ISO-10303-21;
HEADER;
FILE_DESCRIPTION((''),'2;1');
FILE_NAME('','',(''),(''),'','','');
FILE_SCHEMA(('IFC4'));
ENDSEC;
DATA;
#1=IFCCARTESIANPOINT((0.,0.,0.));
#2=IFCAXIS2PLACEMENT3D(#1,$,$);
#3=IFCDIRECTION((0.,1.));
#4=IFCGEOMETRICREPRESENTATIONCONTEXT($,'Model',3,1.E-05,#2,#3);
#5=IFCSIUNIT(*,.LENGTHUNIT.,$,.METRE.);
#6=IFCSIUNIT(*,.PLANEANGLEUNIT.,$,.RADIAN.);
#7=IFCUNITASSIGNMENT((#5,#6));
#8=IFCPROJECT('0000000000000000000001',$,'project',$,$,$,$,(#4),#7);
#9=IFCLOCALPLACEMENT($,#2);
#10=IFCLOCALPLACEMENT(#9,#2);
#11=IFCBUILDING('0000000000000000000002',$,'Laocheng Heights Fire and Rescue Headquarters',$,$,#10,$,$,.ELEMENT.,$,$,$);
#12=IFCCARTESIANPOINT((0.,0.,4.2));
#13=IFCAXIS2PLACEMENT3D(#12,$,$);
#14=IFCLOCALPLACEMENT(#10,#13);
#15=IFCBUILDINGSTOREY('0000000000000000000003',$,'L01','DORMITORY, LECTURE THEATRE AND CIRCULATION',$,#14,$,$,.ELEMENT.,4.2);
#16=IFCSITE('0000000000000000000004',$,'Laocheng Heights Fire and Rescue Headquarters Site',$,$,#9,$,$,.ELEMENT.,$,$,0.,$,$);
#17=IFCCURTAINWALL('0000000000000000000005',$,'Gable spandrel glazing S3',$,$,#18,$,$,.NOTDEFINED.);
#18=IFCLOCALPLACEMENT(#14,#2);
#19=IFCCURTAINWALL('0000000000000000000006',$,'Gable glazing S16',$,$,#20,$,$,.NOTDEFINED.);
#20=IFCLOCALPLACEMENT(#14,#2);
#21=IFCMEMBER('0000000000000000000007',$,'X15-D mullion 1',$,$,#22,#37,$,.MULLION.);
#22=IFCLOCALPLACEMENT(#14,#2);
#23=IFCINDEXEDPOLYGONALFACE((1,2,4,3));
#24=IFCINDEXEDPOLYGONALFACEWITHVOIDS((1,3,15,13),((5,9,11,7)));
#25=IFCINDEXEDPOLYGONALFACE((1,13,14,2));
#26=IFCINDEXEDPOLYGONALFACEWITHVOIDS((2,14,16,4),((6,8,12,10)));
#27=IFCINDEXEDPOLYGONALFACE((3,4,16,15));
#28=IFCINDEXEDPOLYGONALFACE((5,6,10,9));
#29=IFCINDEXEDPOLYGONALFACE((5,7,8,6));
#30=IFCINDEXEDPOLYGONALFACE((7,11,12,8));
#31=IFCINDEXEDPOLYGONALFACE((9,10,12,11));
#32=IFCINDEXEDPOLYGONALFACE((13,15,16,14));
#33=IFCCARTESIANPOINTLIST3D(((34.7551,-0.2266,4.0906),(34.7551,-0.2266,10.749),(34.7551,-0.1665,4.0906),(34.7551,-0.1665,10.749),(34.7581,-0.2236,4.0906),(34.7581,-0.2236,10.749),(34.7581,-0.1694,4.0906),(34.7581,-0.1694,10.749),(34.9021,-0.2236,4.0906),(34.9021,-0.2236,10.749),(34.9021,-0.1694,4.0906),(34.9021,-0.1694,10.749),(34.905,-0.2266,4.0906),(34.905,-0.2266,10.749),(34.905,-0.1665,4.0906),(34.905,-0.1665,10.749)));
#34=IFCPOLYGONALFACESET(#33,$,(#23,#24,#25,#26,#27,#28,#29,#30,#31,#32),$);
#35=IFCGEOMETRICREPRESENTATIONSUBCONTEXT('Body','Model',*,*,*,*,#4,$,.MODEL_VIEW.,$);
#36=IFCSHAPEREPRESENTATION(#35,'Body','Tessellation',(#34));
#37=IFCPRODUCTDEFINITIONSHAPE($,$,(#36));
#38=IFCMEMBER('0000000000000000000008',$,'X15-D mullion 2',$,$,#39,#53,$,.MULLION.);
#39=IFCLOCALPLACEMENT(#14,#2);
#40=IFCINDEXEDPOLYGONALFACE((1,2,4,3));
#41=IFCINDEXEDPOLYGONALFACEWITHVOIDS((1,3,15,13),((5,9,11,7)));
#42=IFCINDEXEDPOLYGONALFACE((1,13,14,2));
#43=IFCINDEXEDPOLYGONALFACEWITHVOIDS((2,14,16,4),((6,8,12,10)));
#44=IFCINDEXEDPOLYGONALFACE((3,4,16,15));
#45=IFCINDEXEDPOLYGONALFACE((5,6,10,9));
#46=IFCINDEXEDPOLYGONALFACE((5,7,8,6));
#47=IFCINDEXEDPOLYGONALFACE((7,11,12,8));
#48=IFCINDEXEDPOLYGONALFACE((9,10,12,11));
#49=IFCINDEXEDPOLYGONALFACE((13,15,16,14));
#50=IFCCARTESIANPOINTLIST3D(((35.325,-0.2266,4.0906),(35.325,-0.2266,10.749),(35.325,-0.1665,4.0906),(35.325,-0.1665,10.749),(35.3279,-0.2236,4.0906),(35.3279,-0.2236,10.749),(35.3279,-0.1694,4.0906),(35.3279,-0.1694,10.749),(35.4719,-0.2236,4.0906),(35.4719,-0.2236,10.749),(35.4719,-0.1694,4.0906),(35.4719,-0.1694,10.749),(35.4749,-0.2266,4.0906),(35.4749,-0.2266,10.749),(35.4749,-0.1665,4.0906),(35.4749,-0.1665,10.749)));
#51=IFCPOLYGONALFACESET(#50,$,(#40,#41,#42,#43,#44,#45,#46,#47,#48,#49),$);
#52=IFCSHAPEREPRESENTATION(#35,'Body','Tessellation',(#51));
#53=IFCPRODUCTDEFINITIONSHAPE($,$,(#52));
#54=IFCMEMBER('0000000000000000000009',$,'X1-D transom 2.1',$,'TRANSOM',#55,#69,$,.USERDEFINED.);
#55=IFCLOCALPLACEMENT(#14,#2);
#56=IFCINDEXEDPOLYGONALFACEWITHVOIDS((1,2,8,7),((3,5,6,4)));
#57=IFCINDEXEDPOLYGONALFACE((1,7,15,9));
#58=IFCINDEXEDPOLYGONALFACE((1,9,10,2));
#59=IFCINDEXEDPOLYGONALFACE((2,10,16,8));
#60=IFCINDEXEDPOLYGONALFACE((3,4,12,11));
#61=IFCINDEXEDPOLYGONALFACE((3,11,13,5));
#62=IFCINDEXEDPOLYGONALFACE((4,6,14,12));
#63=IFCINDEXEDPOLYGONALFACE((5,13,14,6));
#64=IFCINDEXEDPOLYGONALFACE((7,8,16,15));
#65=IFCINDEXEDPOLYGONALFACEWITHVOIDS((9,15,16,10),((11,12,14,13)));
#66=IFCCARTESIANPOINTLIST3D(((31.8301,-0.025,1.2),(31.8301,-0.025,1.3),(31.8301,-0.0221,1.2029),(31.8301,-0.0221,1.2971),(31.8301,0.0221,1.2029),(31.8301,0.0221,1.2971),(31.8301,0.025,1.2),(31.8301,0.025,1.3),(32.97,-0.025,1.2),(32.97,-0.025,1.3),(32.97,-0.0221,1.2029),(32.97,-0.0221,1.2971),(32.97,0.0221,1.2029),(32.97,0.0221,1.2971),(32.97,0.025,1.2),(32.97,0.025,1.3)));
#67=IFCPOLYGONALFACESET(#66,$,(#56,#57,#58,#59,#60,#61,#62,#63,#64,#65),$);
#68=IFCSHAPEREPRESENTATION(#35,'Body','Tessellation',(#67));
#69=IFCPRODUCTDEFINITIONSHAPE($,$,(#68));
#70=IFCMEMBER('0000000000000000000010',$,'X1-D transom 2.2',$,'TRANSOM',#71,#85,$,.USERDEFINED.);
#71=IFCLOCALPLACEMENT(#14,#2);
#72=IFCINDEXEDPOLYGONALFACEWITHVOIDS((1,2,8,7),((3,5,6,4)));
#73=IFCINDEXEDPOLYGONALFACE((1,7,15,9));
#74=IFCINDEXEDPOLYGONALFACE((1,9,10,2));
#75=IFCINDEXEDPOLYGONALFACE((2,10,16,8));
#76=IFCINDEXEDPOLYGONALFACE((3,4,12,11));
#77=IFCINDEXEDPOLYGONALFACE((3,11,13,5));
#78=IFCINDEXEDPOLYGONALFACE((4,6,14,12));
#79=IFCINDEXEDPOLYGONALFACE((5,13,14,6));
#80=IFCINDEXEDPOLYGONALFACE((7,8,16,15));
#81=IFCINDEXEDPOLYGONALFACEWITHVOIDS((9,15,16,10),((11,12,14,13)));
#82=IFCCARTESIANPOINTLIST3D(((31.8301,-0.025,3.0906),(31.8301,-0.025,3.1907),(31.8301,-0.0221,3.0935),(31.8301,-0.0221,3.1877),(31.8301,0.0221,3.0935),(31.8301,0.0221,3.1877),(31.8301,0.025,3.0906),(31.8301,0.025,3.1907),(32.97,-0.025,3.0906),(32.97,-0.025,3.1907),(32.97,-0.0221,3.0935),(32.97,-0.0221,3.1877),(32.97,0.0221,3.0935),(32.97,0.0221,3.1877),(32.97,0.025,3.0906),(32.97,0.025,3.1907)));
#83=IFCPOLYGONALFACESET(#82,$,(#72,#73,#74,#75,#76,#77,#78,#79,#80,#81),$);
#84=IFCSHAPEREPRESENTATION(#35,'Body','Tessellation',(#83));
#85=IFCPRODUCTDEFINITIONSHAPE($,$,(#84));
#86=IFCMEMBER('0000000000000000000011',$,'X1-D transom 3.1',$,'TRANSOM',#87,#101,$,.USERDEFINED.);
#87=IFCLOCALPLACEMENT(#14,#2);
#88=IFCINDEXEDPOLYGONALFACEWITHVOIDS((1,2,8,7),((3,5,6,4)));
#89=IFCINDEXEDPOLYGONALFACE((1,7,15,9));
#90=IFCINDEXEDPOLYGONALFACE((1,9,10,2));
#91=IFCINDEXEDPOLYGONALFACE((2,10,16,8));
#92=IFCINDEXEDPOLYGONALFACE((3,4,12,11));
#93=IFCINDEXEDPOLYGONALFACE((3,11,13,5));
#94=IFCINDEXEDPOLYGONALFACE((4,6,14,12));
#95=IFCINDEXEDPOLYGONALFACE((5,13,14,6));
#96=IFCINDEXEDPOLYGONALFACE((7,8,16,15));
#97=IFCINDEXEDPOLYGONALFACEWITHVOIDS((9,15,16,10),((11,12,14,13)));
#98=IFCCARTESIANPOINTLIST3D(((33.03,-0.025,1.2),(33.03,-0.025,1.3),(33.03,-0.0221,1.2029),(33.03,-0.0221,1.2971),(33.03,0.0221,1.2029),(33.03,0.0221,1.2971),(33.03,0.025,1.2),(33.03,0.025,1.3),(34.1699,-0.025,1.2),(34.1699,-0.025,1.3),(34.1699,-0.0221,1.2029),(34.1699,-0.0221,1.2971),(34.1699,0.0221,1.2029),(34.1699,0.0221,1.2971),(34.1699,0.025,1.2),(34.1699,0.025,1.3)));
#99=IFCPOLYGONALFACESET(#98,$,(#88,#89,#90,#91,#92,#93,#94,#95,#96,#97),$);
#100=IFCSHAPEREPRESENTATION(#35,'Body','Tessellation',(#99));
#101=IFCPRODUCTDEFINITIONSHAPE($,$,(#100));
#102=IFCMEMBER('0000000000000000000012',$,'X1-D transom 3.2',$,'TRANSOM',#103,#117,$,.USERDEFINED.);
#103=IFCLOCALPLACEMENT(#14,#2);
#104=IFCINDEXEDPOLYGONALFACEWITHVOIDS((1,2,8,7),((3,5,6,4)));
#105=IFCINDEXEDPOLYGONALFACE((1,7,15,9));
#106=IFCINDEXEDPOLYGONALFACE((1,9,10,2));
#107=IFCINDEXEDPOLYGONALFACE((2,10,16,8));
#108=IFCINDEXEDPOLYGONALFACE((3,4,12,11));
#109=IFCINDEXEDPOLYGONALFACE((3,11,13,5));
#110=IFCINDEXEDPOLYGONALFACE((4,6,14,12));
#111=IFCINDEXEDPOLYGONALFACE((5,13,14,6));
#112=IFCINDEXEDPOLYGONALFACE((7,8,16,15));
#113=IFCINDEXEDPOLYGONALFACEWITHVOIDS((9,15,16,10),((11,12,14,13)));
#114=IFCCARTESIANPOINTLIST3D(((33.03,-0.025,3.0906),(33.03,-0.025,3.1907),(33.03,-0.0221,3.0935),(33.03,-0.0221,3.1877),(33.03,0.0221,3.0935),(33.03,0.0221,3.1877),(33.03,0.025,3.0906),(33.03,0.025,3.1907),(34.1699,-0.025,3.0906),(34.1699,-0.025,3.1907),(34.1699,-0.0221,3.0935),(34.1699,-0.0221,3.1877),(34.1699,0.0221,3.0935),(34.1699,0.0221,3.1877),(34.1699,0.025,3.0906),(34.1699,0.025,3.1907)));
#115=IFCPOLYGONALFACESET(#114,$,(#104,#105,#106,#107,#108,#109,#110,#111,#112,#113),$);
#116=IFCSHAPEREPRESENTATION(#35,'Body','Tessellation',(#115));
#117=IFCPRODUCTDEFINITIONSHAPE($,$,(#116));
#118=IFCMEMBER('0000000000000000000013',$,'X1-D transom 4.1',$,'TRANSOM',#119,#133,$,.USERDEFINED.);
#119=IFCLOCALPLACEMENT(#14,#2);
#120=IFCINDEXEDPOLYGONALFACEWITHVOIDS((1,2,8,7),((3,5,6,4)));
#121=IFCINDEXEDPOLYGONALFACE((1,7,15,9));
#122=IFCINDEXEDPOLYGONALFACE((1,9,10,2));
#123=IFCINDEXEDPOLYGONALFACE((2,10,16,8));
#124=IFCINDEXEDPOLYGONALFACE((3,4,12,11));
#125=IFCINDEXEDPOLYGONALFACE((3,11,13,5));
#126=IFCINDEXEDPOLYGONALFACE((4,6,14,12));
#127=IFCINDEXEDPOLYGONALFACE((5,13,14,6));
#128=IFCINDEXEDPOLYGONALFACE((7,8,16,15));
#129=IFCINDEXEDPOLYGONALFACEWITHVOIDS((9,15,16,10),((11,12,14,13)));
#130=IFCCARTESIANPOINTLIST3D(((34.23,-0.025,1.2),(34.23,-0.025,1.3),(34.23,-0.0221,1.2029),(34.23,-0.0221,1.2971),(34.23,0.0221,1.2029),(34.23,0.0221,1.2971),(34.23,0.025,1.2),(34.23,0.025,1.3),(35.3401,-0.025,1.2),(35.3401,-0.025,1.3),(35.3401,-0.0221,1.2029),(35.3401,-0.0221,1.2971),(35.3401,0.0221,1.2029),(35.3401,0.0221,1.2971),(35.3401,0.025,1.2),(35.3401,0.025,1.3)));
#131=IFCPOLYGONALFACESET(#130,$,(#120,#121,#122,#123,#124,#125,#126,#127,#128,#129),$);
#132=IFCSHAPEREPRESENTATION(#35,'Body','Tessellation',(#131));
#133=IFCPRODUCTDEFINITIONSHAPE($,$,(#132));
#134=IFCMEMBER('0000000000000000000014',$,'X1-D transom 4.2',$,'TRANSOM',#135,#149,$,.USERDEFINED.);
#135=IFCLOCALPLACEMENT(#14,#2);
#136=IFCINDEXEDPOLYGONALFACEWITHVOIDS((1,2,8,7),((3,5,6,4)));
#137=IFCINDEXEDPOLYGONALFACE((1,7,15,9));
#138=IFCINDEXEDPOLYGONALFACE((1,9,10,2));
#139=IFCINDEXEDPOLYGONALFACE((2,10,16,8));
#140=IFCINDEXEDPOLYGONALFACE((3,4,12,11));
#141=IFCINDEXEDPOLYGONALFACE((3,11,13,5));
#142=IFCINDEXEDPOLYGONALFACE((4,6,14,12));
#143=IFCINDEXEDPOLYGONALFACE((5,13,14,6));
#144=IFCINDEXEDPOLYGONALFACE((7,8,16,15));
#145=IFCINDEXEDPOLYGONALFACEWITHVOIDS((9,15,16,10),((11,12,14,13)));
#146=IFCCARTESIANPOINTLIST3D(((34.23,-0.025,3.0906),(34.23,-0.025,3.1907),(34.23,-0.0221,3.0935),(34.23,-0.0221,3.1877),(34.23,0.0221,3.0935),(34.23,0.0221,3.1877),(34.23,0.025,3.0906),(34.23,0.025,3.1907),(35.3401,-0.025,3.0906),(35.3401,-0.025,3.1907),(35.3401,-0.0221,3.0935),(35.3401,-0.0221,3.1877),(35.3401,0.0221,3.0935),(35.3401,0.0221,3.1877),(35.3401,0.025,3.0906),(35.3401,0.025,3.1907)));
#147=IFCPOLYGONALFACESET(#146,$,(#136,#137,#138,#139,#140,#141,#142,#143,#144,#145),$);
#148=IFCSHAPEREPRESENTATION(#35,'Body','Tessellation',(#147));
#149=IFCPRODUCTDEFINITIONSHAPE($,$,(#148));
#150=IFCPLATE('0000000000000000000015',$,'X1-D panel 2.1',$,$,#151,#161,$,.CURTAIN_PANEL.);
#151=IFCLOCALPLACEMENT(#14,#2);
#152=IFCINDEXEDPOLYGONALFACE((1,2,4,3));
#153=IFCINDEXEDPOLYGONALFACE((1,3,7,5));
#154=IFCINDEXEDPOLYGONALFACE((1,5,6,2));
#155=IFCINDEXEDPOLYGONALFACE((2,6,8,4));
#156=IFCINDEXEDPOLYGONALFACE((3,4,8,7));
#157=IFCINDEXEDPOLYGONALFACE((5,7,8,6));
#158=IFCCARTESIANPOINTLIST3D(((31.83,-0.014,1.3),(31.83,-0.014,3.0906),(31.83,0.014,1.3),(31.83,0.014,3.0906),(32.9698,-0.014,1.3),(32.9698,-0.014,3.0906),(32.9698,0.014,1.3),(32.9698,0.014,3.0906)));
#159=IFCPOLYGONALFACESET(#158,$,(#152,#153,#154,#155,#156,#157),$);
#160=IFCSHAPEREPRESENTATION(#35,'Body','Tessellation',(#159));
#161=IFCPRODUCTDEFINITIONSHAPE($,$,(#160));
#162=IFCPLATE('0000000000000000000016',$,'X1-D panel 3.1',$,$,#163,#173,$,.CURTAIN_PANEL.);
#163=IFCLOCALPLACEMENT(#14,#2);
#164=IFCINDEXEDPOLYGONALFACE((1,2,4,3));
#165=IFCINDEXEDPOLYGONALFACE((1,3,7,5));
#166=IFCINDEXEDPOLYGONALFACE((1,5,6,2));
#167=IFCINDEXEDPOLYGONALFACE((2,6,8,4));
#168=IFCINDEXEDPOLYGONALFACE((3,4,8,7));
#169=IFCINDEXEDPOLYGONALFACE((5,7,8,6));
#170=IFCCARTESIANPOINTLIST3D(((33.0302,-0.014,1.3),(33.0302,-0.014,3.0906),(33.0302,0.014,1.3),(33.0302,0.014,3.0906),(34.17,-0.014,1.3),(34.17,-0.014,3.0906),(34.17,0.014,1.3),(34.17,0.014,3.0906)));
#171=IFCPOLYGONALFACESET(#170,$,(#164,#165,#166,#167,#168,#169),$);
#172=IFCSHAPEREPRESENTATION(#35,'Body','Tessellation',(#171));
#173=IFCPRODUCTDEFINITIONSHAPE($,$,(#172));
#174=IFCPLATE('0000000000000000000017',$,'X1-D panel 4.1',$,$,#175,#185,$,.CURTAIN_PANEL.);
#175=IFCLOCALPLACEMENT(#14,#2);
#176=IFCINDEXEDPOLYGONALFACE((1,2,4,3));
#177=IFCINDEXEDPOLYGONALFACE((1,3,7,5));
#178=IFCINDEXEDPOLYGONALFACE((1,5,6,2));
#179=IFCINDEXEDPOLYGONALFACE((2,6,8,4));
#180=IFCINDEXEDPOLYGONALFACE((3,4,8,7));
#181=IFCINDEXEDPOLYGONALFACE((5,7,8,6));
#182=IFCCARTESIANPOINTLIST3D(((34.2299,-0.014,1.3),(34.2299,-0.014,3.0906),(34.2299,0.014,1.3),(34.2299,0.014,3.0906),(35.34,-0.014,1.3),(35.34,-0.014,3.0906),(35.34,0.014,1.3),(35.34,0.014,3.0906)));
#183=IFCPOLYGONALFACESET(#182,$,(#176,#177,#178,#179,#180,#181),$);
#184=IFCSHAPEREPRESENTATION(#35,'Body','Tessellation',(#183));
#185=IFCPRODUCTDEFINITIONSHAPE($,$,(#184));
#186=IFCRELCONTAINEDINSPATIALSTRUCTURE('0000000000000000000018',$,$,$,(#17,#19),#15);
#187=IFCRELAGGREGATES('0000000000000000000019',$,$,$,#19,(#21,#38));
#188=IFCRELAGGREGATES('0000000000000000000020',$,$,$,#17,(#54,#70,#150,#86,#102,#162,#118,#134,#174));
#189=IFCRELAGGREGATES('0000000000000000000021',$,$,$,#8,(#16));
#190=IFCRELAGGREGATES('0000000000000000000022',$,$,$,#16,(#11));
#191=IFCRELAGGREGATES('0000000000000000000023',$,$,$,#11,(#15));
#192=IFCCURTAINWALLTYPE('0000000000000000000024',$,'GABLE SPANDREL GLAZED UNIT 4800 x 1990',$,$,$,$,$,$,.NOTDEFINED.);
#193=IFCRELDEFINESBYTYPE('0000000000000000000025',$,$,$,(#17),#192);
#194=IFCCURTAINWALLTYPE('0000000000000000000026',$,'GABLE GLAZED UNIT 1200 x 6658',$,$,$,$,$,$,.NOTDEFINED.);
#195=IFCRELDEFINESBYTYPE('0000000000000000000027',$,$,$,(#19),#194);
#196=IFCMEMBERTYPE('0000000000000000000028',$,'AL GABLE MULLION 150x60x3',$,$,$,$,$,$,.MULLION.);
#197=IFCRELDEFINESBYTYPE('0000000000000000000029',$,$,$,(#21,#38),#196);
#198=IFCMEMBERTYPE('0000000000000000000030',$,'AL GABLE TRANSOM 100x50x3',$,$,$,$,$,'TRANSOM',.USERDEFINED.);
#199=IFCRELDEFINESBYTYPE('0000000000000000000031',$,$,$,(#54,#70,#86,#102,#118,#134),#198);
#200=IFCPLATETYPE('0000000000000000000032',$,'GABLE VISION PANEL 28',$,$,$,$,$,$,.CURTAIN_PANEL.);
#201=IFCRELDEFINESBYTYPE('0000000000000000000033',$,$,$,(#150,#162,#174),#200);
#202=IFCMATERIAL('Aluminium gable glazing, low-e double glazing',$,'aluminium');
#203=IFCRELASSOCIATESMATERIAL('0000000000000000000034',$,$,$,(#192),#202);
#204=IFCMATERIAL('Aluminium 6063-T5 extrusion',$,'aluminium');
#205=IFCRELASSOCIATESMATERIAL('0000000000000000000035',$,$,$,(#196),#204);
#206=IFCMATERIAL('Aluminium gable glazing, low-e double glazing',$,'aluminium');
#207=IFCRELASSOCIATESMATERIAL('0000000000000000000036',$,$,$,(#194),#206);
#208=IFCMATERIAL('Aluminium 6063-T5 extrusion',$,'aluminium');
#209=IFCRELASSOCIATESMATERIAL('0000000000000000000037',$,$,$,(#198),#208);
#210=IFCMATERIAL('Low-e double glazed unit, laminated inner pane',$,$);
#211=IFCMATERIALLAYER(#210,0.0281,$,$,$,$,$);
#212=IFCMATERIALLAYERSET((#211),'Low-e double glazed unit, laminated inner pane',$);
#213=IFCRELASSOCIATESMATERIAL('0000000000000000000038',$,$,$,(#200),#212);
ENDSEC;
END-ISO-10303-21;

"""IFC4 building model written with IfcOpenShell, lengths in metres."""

from ifc_helpers import new_model, si_unit, direction, frame, origin, origin_2d, place, context, subcontext, project, spatial, rectangle, hollow_rectangle, extrude, material, layer, layer_set, material_profile, profile_set, type_object, element, aggregate, save


model = new_model("IFC4")

# Units and contexts
model_context = context("Model", 3, precision=1e-05, world=origin(), true_north=direction((0.0, 1.0)))
body_context = subcontext(model_context, "Body", "Model", "MODEL_VIEW")
ifc_project = project(units=[si_unit("LENGTHUNIT", "METRE"), si_unit("PLANEANGLEUNIT", "RADIAN")], contexts=[model_context])

# Site, building, storey
site_placement = place(None, origin())
site = spatial("IfcSite", under=ifc_project, at=site_placement, Name="Laocheng Heights Fire and Rescue Headquarters Site", CompositionType="ELEMENT", RefElevation=0.0)
building_placement = place(site_placement, origin())
building = spatial("IfcBuilding", under=site, at=building_placement, Name="Laocheng Heights Fire and Rescue Headquarters", CompositionType="ELEMENT")
storey_placement = place(building_placement, frame((0.0, 0.0, 4.2)))
storey = spatial("IfcBuildingStorey", under=building, at=storey_placement, Name="L01", Description="DORMITORY, LECTURE THEATRE AND CIRCULATION", CompositionType="ELEMENT", Elevation=4.2)

# Curtain walls, members
ifc_material_1 = material(Name="Aluminium gable glazing, low-e double glazing", Category="aluminium")
curtain_wall_type_1 = type_object("IfcCurtainWallType", Name="GABLE SPANDREL GLAZED UNIT 4800 x 1990", PredefinedType="NOTDEFINED", material=ifc_material_1)
curtain_wall_1_placement = place(storey_placement, origin())
curtain_wall_1 = element("IfcCurtainWall", 1, at=curtain_wall_1_placement, inside=storey, type_object=curtain_wall_type_1, Name="Gable spandrel glazing S3", PredefinedType="NOTDEFINED")
ifc_material_2 = material(Name="Aluminium 6063-T5 extrusion", Category="aluminium")
ifc_material_profile_1 = material_profile(ifc_material_2, hollow_rectangle(XDim=0.0601, YDim=0.1499, WallThickness=0.0029, at=origin_2d()), Name="AL MULLION 150x60x3")
ifc_profile_set_1 = profile_set([ifc_material_profile_1], Name="Aluminium 6063-T5 extrusion")
member_type_1 = type_object("IfcMemberType", Name="AL GABLE MULLION 150x60x3", PredefinedType="MULLION", material=ifc_profile_set_1)
ifc_material_3 = material(Name="Aluminium gable glazing, low-e double glazing", Category="aluminium")
curtain_wall_type_2 = type_object("IfcCurtainWallType", Name="GABLE GLAZED UNIT 1200 x 6658", PredefinedType="NOTDEFINED", material=ifc_material_3)
curtain_wall_2_placement = place(storey_placement, origin())
curtain_wall_2 = element("IfcCurtainWall", 2, at=curtain_wall_2_placement, inside=storey, type_object=curtain_wall_type_2, Name="Gable glazing S16", PredefinedType="NOTDEFINED")
member_1_placement = place(storey_placement, frame((34.8301, -0.1965, 4.0906), z_axis=(0.0, 0.0, 1.0), x_axis=(0.0, 1.0, 0.0)))
member_1 = element("IfcMember", 3, at=member_1_placement, type_object=member_type_1, Name="X15-D mullion 1", PredefinedType="MULLION", context=body_context, shape_type="SweptSolid", body=[
    extrude(hollow_rectangle(XDim=0.0601, YDim=0.1499, WallThickness=0.0029, at=origin_2d()), origin(), (0.0, 0.0, 1.0), 6.6584),
])
member_2_placement = place(storey_placement, frame((35.3999, -0.1965, 4.0906), z_axis=(0.0, 0.0, 1.0), x_axis=(0.0, 1.0, 0.0)))
member_2 = element("IfcMember", 4, at=member_2_placement, type_object=member_type_1, Name="X15-D mullion 2", PredefinedType="MULLION", context=body_context, shape_type="SweptSolid", body=[
    extrude(hollow_rectangle(XDim=0.0601, YDim=0.1499, WallThickness=0.0029, at=origin_2d()), origin(), (0.0, 0.0, 1.0), 6.6584),
])
aggregate(curtain_wall_2, [member_1, member_2])

# Members
ifc_material_4 = material(Name="Aluminium 6063-T5 extrusion", Category="aluminium")
ifc_material_profile_2 = material_profile(ifc_material_4, hollow_rectangle(XDim=0.05, YDim=0.1001, WallThickness=0.0029, at=origin_2d()), Name="AL TRANSOM 100x50x3")
ifc_profile_set_2 = profile_set([ifc_material_profile_2], Name="Aluminium 6063-T5 extrusion")
member_type_2 = type_object("IfcMemberType", Name="AL GABLE TRANSOM 100x50x3", ElementType="TRANSOM", PredefinedType="USERDEFINED", material=ifc_profile_set_2)
member_3_placement = place(storey_placement, frame((31.8301, 0.0, 1.25), z_axis=(1.0, 0.0, 0.0), x_axis=(0.0, 1.0, 0.0)))
member_3 = element("IfcMember", 5, at=member_3_placement, type_object=member_type_2, Name="X1-D transom 2.1", ObjectType="TRANSOM", PredefinedType="USERDEFINED", context=body_context, shape_type="SweptSolid", body=[
    extrude(hollow_rectangle(XDim=0.05, YDim=0.1001, WallThickness=0.0029, at=origin_2d()), origin(), (0.0, 0.0, 1.0), 1.1399),
])
member_4_placement = place(storey_placement, frame((31.8301, 0.0, 3.1406), z_axis=(1.0, 0.0, 0.0), x_axis=(0.0, 1.0, 0.0)))
member_4 = element("IfcMember", 6, at=member_4_placement, type_object=member_type_2, Name="X1-D transom 2.2", ObjectType="TRANSOM", PredefinedType="USERDEFINED", context=body_context, shape_type="SweptSolid", body=[
    extrude(hollow_rectangle(XDim=0.05, YDim=0.1001, WallThickness=0.0029, at=origin_2d()), origin(), (0.0, 0.0, 1.0), 1.1399),
])
member_5_placement = place(storey_placement, frame((33.03, 0.0, 1.25), z_axis=(1.0, 0.0, 0.0), x_axis=(0.0, 1.0, 0.0)))
member_5 = element("IfcMember", 7, at=member_5_placement, type_object=member_type_2, Name="X1-D transom 3.1", ObjectType="TRANSOM", PredefinedType="USERDEFINED", context=body_context, shape_type="SweptSolid", body=[
    extrude(hollow_rectangle(XDim=0.05, YDim=0.1001, WallThickness=0.0029, at=origin_2d()), origin(), (0.0, 0.0, 1.0), 1.1399),
])
member_6_placement = place(storey_placement, frame((33.03, 0.0, 3.1406), z_axis=(1.0, 0.0, 0.0), x_axis=(0.0, 1.0, 0.0)))
member_6 = element("IfcMember", 8, at=member_6_placement, type_object=member_type_2, Name="X1-D transom 3.2", ObjectType="TRANSOM", PredefinedType="USERDEFINED", context=body_context, shape_type="SweptSolid", body=[
    extrude(hollow_rectangle(XDim=0.05, YDim=0.1001, WallThickness=0.0029, at=origin_2d()), origin(), (0.0, 0.0, 1.0), 1.1399),
])
member_7_placement = place(storey_placement, frame((34.23, 0.0, 1.25), z_axis=(1.0, 0.0, 0.0), x_axis=(0.0, 1.0, 0.0)))
member_7 = element("IfcMember", 9, at=member_7_placement, type_object=member_type_2, Name="X1-D transom 4.1", ObjectType="TRANSOM", PredefinedType="USERDEFINED", context=body_context, shape_type="SweptSolid", body=[
    extrude(hollow_rectangle(XDim=0.05, YDim=0.1001, WallThickness=0.0029, at=origin_2d()), origin(), (0.0, 0.0, 1.0), 1.1101),
])
member_8_placement = place(storey_placement, frame((34.23, 0.0, 3.1406), z_axis=(1.0, 0.0, 0.0), x_axis=(0.0, 1.0, 0.0)))
member_8 = element("IfcMember", 10, at=member_8_placement, type_object=member_type_2, Name="X1-D transom 4.2", ObjectType="TRANSOM", PredefinedType="USERDEFINED", context=body_context, shape_type="SweptSolid", body=[
    extrude(hollow_rectangle(XDim=0.05, YDim=0.1001, WallThickness=0.0029, at=origin_2d()), origin(), (0.0, 0.0, 1.0), 1.1101),
])

# Plates
ifc_material_5 = material(Name="Low-e double glazed unit, laminated inner pane")
ifc_layer = layer(ifc_material_5, 0.0281)
ifc_layer_set = layer_set([ifc_layer], Name="Low-e double glazed unit, laminated inner pane")
plate_type = type_object("IfcPlateType", Name="GABLE VISION PANEL 28", PredefinedType="CURTAIN_PANEL", material=ifc_layer_set)
plate_1_placement = place(storey_placement, frame((32.3999, 0.0, 1.3), z_axis=(0.0, 0.0, 1.0), x_axis=(1.0, 0.0, 0.0)))
plate_1 = element("IfcPlate", 11, at=plate_1_placement, type_object=plate_type, Name="X1-D panel 2.1", PredefinedType="CURTAIN_PANEL", context=body_context, shape_type="SweptSolid", body=[
    extrude(rectangle(XDim=1.1399, YDim=0.0281, at=origin_2d()), origin(), (0.0, 0.0, 1.0), 1.7905),
])
plate_2_placement = place(storey_placement, frame((33.6001, 0.0, 1.3), z_axis=(0.0, 0.0, 1.0), x_axis=(1.0, 0.0, 0.0)))
plate_2 = element("IfcPlate", 12, at=plate_2_placement, type_object=plate_type, Name="X1-D panel 3.1", PredefinedType="CURTAIN_PANEL", context=body_context, shape_type="SweptSolid", body=[
    extrude(rectangle(XDim=1.1399, YDim=0.0281, at=origin_2d()), origin(), (0.0, 0.0, 1.0), 1.7905),
])
plate_3_placement = place(storey_placement, frame((34.7849, 0.0, 1.3), z_axis=(0.0, 0.0, 1.0), x_axis=(1.0, 0.0, 0.0)))
plate_3 = element("IfcPlate", 13, at=plate_3_placement, type_object=plate_type, Name="X1-D panel 4.1", PredefinedType="CURTAIN_PANEL", context=body_context, shape_type="SweptSolid", body=[
    extrude(rectangle(XDim=1.1101, YDim=0.0281, at=origin_2d()), origin(), (0.0, 0.0, 1.0), 1.7905),
])
aggregate(curtain_wall_1, [member_3, member_4, plate_1, member_5, member_6, plate_2, member_7, member_8, plate_3])

save(model, "model.ifc")
